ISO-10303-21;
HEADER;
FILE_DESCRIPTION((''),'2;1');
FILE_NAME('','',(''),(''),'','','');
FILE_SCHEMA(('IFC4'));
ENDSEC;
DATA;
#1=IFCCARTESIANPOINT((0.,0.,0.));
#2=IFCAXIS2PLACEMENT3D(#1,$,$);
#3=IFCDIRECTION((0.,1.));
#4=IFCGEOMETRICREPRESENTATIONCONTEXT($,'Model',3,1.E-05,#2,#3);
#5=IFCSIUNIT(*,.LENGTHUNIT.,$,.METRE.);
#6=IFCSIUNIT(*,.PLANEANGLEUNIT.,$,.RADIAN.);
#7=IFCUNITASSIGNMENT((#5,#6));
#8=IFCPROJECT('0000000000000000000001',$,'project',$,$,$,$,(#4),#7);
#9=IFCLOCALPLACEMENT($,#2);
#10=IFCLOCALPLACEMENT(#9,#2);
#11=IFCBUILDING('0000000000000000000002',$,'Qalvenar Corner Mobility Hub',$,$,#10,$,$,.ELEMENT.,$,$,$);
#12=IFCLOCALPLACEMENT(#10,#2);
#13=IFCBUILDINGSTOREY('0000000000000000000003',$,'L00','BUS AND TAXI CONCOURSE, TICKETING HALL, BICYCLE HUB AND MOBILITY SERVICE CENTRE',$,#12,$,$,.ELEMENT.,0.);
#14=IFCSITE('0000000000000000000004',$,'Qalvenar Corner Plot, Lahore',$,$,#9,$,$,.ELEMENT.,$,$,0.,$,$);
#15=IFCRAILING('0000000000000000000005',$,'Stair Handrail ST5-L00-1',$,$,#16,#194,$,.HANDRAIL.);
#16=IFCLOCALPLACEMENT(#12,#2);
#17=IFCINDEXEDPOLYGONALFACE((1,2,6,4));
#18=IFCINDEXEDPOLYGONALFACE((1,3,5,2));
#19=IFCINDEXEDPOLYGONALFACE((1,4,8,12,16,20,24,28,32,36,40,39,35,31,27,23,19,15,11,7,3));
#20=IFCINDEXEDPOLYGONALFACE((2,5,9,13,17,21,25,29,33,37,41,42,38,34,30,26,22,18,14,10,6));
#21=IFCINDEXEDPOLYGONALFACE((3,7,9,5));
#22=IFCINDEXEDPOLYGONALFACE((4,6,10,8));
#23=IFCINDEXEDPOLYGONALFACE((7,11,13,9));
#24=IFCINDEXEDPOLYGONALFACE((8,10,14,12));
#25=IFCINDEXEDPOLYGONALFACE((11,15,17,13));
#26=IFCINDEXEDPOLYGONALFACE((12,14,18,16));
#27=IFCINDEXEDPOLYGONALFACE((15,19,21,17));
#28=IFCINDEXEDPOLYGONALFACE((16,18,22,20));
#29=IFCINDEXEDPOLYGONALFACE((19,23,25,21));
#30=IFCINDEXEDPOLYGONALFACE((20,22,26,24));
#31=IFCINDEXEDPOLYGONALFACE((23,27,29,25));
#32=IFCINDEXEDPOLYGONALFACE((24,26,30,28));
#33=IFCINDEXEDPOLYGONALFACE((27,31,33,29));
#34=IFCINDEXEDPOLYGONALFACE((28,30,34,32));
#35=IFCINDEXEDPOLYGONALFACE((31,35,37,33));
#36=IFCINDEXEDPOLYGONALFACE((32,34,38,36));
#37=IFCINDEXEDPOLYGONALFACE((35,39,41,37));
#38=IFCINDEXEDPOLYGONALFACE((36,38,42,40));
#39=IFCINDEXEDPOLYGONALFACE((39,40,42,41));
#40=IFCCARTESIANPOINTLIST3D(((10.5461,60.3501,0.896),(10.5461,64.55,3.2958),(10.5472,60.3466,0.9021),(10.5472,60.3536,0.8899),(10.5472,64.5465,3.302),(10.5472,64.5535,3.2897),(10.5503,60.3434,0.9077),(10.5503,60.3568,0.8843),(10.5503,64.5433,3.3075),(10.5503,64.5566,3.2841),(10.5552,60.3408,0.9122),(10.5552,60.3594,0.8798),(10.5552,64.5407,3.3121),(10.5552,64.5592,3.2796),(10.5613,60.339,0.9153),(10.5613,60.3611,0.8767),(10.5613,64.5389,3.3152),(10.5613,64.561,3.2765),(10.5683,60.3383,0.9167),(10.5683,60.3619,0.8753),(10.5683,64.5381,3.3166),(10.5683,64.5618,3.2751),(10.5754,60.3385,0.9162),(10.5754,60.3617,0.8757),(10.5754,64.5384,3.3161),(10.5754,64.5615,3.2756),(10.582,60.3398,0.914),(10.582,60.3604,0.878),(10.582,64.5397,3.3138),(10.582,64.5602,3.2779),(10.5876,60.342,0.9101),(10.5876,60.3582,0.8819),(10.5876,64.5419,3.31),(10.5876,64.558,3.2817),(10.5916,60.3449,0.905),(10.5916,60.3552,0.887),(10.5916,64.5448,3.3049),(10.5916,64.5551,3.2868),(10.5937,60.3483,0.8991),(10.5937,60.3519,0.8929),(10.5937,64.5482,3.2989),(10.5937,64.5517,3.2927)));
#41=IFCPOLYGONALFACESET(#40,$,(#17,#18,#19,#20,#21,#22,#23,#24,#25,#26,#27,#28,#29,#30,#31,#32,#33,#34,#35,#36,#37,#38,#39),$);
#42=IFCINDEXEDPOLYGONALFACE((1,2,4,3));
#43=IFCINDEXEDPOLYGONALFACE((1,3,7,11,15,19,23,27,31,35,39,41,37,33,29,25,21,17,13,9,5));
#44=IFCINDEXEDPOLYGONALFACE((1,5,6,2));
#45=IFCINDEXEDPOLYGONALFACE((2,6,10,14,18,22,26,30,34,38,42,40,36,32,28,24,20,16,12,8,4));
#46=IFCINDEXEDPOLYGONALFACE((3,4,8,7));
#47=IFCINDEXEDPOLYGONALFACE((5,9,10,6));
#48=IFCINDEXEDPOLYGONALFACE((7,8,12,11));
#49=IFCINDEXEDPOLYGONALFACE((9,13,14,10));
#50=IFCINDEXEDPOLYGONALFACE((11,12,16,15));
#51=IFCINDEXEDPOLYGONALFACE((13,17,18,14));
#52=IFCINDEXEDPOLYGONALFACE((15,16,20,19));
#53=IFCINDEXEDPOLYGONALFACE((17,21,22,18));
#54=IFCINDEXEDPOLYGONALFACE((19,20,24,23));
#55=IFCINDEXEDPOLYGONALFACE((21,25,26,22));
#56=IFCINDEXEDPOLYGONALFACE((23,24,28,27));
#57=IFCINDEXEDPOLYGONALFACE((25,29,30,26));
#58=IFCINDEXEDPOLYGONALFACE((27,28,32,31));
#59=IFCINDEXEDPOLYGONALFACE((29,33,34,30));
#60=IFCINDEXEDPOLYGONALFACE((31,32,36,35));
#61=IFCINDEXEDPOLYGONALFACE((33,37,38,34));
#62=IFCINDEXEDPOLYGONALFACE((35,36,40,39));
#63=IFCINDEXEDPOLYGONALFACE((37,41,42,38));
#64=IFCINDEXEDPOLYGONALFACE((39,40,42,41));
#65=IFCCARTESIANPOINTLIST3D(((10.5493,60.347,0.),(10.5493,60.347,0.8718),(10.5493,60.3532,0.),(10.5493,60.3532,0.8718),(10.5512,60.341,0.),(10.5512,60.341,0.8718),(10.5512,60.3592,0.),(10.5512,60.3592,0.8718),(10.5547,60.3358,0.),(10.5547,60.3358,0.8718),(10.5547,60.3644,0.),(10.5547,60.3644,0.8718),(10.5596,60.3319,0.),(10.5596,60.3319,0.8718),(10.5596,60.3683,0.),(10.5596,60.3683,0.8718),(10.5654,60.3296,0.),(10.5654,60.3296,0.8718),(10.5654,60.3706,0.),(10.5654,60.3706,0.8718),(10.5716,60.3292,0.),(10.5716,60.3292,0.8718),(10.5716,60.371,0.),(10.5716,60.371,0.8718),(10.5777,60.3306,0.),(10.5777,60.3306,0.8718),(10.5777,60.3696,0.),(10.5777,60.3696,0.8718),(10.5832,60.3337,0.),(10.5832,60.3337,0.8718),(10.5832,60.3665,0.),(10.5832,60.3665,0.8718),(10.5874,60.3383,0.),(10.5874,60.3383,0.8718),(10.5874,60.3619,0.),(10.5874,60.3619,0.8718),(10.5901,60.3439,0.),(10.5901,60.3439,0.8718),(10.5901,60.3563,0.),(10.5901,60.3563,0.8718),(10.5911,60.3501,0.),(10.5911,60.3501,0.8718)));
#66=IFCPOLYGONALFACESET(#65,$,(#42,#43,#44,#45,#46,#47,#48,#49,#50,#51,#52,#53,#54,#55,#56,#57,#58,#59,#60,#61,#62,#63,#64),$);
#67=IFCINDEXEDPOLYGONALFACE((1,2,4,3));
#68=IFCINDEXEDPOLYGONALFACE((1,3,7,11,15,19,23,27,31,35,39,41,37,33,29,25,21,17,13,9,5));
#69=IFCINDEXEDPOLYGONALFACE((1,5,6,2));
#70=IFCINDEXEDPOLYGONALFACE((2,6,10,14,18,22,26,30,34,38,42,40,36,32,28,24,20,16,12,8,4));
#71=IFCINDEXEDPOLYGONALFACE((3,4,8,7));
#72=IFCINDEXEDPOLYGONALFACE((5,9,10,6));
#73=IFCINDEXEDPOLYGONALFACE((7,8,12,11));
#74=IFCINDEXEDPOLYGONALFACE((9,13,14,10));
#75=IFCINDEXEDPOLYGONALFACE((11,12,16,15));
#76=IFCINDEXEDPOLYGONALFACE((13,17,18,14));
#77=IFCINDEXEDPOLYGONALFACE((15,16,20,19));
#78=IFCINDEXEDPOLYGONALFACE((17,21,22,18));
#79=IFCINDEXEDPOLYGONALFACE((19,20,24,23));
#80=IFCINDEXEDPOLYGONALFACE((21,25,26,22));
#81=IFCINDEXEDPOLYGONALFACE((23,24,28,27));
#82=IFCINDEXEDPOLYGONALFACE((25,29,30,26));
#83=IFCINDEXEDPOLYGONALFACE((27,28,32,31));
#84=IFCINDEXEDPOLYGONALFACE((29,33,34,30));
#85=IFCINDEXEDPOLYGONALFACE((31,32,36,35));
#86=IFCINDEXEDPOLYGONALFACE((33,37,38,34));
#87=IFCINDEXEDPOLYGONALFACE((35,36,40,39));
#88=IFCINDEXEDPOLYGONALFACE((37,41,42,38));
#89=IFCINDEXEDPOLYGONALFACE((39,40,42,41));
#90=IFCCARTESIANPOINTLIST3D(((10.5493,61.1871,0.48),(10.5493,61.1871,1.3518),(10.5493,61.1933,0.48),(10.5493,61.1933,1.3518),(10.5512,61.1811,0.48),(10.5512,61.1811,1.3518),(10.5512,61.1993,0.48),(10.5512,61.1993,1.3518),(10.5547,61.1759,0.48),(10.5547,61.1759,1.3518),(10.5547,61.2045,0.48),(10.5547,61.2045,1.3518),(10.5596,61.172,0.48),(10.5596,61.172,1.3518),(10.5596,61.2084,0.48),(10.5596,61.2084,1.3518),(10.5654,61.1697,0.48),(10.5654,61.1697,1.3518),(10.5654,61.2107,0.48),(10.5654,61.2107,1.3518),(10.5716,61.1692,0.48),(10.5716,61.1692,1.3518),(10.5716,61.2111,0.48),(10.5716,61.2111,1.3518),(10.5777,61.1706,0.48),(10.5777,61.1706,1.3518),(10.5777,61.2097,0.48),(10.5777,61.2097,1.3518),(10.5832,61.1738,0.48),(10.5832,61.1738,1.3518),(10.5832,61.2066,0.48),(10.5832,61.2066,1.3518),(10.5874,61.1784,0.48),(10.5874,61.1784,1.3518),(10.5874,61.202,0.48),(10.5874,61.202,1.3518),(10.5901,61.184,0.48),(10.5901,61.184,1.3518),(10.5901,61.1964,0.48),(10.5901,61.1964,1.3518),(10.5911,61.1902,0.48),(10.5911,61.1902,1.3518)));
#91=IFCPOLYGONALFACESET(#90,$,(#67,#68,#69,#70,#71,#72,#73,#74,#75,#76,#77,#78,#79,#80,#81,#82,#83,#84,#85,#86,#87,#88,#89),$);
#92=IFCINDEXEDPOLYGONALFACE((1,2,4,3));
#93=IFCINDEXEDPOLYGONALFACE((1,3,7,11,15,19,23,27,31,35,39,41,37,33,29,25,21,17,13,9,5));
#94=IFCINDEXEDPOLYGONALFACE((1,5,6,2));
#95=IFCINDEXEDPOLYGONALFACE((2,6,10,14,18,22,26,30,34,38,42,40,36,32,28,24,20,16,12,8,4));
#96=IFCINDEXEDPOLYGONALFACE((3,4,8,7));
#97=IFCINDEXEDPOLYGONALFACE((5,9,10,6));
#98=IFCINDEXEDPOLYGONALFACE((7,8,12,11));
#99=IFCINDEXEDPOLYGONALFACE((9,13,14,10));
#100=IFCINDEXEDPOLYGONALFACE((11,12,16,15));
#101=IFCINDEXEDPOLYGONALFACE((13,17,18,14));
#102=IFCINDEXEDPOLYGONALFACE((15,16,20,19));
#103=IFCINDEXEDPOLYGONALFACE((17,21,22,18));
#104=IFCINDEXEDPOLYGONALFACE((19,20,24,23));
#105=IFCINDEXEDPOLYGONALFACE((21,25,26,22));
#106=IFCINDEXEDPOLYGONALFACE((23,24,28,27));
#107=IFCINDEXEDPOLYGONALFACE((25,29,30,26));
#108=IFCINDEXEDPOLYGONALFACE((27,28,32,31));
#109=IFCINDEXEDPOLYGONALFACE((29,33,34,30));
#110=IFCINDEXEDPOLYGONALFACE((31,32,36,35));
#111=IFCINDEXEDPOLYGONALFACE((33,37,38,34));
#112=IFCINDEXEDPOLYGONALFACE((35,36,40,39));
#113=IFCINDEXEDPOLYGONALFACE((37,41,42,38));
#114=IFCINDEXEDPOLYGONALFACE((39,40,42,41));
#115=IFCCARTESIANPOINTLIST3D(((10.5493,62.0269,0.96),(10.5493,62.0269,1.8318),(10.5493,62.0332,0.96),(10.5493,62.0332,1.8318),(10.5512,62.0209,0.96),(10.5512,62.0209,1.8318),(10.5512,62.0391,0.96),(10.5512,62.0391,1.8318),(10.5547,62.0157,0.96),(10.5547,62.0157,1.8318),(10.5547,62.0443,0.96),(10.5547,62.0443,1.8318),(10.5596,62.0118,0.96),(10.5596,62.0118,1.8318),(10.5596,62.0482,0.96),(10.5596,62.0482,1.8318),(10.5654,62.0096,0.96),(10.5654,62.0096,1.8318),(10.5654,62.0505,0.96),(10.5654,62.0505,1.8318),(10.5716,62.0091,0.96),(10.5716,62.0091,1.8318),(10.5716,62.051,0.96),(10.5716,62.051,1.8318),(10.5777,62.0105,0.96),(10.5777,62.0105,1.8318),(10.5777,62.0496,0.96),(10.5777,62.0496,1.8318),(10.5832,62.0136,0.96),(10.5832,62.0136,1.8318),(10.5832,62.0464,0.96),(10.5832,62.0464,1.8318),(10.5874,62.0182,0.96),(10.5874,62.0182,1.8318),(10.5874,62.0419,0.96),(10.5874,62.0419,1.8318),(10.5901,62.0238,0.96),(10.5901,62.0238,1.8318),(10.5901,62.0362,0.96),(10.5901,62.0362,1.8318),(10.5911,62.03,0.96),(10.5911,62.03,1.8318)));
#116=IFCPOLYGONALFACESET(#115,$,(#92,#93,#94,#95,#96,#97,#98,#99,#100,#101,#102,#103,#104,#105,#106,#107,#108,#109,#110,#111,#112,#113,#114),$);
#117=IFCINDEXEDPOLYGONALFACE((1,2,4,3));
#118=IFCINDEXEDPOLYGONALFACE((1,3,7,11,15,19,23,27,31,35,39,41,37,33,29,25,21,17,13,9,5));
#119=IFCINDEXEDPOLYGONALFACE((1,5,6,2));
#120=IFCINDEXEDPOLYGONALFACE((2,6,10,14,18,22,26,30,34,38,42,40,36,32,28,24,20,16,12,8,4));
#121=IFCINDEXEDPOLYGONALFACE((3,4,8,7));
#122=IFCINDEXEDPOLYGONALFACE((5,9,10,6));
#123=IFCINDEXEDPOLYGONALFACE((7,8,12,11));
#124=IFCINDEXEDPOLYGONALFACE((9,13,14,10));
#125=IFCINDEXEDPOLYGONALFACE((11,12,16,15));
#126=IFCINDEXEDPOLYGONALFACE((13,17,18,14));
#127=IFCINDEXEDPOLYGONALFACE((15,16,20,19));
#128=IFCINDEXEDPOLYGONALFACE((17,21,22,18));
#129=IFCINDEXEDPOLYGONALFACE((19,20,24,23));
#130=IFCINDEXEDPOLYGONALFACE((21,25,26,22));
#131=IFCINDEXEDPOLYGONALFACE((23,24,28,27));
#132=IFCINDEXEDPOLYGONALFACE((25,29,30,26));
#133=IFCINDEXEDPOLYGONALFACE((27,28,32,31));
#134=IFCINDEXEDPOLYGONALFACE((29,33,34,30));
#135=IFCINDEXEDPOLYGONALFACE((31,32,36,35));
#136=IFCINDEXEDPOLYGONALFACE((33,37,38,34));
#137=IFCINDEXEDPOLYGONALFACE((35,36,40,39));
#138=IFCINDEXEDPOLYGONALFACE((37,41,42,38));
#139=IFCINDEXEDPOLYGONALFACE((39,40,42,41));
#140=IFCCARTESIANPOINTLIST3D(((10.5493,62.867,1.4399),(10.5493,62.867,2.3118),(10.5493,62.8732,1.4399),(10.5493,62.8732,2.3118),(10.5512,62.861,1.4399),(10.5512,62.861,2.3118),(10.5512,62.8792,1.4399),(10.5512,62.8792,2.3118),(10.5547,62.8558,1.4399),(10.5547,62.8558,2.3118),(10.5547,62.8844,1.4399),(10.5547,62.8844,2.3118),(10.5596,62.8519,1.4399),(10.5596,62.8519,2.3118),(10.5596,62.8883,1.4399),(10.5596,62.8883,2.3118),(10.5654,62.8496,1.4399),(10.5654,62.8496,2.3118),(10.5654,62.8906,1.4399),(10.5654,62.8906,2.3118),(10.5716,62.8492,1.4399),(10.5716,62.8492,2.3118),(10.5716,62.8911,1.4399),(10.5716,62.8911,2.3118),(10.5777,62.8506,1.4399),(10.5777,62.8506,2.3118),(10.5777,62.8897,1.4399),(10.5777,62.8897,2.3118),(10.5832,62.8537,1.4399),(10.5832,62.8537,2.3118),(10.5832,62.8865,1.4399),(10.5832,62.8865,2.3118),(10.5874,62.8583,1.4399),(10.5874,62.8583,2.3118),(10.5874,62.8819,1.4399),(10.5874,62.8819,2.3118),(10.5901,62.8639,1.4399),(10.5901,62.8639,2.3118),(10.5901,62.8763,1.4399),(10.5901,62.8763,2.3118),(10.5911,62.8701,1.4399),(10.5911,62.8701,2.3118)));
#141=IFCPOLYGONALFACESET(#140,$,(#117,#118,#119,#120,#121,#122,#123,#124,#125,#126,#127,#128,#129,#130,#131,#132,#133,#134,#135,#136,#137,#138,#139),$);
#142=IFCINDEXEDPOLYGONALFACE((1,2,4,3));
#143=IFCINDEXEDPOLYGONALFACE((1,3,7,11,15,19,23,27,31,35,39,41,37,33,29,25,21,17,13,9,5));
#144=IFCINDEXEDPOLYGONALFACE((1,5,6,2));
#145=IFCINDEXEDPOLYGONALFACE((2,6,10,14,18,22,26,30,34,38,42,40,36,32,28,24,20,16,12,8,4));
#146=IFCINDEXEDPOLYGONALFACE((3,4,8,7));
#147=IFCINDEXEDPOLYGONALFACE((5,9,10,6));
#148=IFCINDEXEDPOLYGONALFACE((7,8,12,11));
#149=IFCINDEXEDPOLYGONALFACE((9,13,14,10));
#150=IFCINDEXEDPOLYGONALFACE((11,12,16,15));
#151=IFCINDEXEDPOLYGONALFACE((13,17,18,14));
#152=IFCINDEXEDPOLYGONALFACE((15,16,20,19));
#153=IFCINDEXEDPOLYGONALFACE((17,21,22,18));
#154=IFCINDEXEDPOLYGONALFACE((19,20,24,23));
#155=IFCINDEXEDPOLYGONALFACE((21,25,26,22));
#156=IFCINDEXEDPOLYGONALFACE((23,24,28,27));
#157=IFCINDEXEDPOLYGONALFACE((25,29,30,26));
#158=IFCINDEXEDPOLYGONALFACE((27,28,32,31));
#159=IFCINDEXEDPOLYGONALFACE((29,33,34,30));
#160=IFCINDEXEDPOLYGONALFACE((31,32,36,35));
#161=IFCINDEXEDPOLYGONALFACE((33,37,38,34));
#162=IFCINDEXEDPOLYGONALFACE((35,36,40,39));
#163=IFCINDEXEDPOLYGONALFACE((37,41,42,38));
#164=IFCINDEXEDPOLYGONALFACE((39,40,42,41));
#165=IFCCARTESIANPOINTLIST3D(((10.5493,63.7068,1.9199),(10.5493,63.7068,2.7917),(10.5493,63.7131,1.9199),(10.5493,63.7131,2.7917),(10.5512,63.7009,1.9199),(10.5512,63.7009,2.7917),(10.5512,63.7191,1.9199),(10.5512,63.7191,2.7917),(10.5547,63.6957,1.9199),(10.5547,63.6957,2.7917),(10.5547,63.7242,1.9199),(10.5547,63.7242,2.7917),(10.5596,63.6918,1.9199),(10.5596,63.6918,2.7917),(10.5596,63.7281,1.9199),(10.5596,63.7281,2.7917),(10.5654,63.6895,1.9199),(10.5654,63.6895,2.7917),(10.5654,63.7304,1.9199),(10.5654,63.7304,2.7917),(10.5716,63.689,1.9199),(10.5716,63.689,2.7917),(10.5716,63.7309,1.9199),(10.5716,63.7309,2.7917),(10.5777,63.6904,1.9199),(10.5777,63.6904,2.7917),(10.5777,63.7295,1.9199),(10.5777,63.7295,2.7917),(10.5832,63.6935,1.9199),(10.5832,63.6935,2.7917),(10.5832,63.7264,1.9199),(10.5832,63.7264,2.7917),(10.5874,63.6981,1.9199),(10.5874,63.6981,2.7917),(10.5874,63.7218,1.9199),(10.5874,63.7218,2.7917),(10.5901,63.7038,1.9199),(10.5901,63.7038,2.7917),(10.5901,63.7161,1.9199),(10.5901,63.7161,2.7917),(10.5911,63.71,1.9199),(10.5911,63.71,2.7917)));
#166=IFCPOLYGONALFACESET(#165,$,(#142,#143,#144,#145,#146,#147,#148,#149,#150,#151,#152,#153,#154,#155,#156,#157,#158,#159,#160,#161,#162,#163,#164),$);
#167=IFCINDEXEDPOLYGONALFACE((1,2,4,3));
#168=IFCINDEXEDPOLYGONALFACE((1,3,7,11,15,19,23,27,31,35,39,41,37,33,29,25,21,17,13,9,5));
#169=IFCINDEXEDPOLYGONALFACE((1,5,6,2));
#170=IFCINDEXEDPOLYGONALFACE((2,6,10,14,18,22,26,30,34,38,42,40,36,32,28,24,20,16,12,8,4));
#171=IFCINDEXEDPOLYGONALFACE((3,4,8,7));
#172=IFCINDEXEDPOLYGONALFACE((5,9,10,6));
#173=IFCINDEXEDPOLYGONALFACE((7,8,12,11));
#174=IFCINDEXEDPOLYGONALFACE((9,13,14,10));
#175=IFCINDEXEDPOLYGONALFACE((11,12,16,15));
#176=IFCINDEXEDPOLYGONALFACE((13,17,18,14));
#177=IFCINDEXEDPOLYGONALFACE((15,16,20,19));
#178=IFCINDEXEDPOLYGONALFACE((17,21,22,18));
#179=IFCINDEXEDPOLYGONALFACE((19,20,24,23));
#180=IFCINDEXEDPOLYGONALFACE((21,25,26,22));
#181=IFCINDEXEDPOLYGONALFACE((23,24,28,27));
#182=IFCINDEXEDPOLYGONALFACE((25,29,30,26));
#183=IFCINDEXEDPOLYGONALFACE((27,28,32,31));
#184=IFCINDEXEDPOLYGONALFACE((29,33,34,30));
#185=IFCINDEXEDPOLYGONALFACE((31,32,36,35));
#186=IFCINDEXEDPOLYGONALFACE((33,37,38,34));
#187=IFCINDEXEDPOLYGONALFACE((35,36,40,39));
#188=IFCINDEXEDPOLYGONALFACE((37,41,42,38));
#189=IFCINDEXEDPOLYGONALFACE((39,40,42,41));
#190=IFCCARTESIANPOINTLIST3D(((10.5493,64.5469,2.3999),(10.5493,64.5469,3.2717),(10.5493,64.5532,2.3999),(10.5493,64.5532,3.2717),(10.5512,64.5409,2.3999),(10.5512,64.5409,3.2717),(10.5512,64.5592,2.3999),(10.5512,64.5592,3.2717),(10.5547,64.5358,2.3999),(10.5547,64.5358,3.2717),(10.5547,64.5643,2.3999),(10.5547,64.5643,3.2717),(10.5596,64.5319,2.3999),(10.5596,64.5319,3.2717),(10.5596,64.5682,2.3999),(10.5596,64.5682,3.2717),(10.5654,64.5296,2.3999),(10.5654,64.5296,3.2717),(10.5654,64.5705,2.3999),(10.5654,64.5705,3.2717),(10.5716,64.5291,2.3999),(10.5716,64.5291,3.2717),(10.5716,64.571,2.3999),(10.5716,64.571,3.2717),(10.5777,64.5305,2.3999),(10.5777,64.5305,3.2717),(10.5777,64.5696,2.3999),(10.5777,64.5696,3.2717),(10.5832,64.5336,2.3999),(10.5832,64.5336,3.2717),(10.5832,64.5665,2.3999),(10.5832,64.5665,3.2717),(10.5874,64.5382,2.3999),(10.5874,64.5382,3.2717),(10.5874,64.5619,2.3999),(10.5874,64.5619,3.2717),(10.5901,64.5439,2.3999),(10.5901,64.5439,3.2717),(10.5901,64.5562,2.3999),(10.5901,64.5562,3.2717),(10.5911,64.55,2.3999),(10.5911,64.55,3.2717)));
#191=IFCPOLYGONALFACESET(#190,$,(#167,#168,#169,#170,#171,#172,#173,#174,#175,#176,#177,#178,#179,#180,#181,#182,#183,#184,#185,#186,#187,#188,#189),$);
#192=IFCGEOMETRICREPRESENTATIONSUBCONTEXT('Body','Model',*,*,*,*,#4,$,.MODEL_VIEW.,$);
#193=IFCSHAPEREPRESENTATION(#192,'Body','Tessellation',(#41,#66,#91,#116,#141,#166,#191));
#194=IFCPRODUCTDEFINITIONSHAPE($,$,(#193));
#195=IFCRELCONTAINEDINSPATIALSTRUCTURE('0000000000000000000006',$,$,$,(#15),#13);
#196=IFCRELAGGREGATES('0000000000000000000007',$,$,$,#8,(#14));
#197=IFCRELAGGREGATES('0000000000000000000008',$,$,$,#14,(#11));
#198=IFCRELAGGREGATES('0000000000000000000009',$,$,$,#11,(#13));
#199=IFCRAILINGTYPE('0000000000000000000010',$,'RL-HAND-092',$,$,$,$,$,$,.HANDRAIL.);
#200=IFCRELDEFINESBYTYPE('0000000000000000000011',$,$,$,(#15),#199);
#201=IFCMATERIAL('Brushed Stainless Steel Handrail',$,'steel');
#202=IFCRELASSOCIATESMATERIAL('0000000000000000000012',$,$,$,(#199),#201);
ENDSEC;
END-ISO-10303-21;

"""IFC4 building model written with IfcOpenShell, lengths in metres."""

from ifc_helpers import new_model, si_unit, direction, frame, origin, origin_2d, place, context, subcontext, project, spatial, circle, extrude, material, type_object, element, save


model = new_model("IFC4")

# Units and contexts
model_context = context("Model", 3, precision=1e-05, world=origin(), true_north=direction((0.0, 1.0)))
body_context = subcontext(model_context, "Body", "Model", "MODEL_VIEW")
ifc_project = project(units=[si_unit("LENGTHUNIT", "METRE"), si_unit("PLANEANGLEUNIT", "RADIAN")], contexts=[model_context])

# Site, building, storey
site_placement = place(None, origin())
site = spatial("IfcSite", under=ifc_project, at=site_placement, Name="Qalvenar Corner Plot, Lahore", CompositionType="ELEMENT", RefElevation=0.0)
building_placement = place(site_placement, origin())
building = spatial("IfcBuilding", under=site, at=building_placement, Name="Qalvenar Corner Mobility Hub", CompositionType="ELEMENT")
storey_placement = place(building_placement, origin())
storey = spatial("IfcBuildingStorey", under=building, at=storey_placement, Name="L00", Description="BUS AND TAXI CONCOURSE, TICKETING HALL, BICYCLE HUB AND MOBILITY SERVICE CENTRE", CompositionType="ELEMENT", Elevation=0.0)

# Railing
ifc_material_1 = material(Name="Brushed Stainless Steel Handrail", Category="steel")
railing_type_1 = type_object("IfcRailingType", Name="RL-HAND-092", PredefinedType="HANDRAIL", material=ifc_material_1)
railing_1_placement = place(storey_placement, frame((10.5701, 60.3501, 0.0)))
element("IfcRailing", 1, at=railing_1_placement, inside=storey, type_object=railing_type_1, Name="Stair Handrail ST5-L00-1", PredefinedType="HANDRAIL", context=body_context, shape_type="SweptSolid", body=[
    extrude(circle(Radius=0.0239, at=origin_2d()), frame((0.0, 0.0, 0.896), z_axis=(0.0, 0.868249, 0.496128), x_axis=(-1.0, 0.0, 0.0)), (0.0, 0.0, 1.0), 4.8372),
    extrude(circle(Radius=0.021, at=origin_2d()), origin(), (0.0, 0.0, 1.0), 0.8718),
    extrude(circle(Radius=0.021, at=origin_2d()), frame((0.0, 0.8401, 0.48)), (0.0, 0.0, 1.0), 0.8718),
    extrude(circle(Radius=0.021, at=origin_2d()), frame((0.0, 1.6799, 0.96)), (0.0, 0.0, 1.0), 0.8718),
    extrude(circle(Radius=0.021, at=origin_2d()), frame((0.0, 2.52, 1.4399)), (0.0, 0.0, 1.0), 0.8718),
    extrude(circle(Radius=0.021, at=origin_2d()), frame((0.0, 3.3599, 1.9199)), (0.0, 0.0, 1.0), 0.8718),
    extrude(circle(Radius=0.021, at=origin_2d()), frame((0.0, 4.2, 2.3999)), (0.0, 0.0, 1.0), 0.8718),
])

save(model, "model.ifc")
